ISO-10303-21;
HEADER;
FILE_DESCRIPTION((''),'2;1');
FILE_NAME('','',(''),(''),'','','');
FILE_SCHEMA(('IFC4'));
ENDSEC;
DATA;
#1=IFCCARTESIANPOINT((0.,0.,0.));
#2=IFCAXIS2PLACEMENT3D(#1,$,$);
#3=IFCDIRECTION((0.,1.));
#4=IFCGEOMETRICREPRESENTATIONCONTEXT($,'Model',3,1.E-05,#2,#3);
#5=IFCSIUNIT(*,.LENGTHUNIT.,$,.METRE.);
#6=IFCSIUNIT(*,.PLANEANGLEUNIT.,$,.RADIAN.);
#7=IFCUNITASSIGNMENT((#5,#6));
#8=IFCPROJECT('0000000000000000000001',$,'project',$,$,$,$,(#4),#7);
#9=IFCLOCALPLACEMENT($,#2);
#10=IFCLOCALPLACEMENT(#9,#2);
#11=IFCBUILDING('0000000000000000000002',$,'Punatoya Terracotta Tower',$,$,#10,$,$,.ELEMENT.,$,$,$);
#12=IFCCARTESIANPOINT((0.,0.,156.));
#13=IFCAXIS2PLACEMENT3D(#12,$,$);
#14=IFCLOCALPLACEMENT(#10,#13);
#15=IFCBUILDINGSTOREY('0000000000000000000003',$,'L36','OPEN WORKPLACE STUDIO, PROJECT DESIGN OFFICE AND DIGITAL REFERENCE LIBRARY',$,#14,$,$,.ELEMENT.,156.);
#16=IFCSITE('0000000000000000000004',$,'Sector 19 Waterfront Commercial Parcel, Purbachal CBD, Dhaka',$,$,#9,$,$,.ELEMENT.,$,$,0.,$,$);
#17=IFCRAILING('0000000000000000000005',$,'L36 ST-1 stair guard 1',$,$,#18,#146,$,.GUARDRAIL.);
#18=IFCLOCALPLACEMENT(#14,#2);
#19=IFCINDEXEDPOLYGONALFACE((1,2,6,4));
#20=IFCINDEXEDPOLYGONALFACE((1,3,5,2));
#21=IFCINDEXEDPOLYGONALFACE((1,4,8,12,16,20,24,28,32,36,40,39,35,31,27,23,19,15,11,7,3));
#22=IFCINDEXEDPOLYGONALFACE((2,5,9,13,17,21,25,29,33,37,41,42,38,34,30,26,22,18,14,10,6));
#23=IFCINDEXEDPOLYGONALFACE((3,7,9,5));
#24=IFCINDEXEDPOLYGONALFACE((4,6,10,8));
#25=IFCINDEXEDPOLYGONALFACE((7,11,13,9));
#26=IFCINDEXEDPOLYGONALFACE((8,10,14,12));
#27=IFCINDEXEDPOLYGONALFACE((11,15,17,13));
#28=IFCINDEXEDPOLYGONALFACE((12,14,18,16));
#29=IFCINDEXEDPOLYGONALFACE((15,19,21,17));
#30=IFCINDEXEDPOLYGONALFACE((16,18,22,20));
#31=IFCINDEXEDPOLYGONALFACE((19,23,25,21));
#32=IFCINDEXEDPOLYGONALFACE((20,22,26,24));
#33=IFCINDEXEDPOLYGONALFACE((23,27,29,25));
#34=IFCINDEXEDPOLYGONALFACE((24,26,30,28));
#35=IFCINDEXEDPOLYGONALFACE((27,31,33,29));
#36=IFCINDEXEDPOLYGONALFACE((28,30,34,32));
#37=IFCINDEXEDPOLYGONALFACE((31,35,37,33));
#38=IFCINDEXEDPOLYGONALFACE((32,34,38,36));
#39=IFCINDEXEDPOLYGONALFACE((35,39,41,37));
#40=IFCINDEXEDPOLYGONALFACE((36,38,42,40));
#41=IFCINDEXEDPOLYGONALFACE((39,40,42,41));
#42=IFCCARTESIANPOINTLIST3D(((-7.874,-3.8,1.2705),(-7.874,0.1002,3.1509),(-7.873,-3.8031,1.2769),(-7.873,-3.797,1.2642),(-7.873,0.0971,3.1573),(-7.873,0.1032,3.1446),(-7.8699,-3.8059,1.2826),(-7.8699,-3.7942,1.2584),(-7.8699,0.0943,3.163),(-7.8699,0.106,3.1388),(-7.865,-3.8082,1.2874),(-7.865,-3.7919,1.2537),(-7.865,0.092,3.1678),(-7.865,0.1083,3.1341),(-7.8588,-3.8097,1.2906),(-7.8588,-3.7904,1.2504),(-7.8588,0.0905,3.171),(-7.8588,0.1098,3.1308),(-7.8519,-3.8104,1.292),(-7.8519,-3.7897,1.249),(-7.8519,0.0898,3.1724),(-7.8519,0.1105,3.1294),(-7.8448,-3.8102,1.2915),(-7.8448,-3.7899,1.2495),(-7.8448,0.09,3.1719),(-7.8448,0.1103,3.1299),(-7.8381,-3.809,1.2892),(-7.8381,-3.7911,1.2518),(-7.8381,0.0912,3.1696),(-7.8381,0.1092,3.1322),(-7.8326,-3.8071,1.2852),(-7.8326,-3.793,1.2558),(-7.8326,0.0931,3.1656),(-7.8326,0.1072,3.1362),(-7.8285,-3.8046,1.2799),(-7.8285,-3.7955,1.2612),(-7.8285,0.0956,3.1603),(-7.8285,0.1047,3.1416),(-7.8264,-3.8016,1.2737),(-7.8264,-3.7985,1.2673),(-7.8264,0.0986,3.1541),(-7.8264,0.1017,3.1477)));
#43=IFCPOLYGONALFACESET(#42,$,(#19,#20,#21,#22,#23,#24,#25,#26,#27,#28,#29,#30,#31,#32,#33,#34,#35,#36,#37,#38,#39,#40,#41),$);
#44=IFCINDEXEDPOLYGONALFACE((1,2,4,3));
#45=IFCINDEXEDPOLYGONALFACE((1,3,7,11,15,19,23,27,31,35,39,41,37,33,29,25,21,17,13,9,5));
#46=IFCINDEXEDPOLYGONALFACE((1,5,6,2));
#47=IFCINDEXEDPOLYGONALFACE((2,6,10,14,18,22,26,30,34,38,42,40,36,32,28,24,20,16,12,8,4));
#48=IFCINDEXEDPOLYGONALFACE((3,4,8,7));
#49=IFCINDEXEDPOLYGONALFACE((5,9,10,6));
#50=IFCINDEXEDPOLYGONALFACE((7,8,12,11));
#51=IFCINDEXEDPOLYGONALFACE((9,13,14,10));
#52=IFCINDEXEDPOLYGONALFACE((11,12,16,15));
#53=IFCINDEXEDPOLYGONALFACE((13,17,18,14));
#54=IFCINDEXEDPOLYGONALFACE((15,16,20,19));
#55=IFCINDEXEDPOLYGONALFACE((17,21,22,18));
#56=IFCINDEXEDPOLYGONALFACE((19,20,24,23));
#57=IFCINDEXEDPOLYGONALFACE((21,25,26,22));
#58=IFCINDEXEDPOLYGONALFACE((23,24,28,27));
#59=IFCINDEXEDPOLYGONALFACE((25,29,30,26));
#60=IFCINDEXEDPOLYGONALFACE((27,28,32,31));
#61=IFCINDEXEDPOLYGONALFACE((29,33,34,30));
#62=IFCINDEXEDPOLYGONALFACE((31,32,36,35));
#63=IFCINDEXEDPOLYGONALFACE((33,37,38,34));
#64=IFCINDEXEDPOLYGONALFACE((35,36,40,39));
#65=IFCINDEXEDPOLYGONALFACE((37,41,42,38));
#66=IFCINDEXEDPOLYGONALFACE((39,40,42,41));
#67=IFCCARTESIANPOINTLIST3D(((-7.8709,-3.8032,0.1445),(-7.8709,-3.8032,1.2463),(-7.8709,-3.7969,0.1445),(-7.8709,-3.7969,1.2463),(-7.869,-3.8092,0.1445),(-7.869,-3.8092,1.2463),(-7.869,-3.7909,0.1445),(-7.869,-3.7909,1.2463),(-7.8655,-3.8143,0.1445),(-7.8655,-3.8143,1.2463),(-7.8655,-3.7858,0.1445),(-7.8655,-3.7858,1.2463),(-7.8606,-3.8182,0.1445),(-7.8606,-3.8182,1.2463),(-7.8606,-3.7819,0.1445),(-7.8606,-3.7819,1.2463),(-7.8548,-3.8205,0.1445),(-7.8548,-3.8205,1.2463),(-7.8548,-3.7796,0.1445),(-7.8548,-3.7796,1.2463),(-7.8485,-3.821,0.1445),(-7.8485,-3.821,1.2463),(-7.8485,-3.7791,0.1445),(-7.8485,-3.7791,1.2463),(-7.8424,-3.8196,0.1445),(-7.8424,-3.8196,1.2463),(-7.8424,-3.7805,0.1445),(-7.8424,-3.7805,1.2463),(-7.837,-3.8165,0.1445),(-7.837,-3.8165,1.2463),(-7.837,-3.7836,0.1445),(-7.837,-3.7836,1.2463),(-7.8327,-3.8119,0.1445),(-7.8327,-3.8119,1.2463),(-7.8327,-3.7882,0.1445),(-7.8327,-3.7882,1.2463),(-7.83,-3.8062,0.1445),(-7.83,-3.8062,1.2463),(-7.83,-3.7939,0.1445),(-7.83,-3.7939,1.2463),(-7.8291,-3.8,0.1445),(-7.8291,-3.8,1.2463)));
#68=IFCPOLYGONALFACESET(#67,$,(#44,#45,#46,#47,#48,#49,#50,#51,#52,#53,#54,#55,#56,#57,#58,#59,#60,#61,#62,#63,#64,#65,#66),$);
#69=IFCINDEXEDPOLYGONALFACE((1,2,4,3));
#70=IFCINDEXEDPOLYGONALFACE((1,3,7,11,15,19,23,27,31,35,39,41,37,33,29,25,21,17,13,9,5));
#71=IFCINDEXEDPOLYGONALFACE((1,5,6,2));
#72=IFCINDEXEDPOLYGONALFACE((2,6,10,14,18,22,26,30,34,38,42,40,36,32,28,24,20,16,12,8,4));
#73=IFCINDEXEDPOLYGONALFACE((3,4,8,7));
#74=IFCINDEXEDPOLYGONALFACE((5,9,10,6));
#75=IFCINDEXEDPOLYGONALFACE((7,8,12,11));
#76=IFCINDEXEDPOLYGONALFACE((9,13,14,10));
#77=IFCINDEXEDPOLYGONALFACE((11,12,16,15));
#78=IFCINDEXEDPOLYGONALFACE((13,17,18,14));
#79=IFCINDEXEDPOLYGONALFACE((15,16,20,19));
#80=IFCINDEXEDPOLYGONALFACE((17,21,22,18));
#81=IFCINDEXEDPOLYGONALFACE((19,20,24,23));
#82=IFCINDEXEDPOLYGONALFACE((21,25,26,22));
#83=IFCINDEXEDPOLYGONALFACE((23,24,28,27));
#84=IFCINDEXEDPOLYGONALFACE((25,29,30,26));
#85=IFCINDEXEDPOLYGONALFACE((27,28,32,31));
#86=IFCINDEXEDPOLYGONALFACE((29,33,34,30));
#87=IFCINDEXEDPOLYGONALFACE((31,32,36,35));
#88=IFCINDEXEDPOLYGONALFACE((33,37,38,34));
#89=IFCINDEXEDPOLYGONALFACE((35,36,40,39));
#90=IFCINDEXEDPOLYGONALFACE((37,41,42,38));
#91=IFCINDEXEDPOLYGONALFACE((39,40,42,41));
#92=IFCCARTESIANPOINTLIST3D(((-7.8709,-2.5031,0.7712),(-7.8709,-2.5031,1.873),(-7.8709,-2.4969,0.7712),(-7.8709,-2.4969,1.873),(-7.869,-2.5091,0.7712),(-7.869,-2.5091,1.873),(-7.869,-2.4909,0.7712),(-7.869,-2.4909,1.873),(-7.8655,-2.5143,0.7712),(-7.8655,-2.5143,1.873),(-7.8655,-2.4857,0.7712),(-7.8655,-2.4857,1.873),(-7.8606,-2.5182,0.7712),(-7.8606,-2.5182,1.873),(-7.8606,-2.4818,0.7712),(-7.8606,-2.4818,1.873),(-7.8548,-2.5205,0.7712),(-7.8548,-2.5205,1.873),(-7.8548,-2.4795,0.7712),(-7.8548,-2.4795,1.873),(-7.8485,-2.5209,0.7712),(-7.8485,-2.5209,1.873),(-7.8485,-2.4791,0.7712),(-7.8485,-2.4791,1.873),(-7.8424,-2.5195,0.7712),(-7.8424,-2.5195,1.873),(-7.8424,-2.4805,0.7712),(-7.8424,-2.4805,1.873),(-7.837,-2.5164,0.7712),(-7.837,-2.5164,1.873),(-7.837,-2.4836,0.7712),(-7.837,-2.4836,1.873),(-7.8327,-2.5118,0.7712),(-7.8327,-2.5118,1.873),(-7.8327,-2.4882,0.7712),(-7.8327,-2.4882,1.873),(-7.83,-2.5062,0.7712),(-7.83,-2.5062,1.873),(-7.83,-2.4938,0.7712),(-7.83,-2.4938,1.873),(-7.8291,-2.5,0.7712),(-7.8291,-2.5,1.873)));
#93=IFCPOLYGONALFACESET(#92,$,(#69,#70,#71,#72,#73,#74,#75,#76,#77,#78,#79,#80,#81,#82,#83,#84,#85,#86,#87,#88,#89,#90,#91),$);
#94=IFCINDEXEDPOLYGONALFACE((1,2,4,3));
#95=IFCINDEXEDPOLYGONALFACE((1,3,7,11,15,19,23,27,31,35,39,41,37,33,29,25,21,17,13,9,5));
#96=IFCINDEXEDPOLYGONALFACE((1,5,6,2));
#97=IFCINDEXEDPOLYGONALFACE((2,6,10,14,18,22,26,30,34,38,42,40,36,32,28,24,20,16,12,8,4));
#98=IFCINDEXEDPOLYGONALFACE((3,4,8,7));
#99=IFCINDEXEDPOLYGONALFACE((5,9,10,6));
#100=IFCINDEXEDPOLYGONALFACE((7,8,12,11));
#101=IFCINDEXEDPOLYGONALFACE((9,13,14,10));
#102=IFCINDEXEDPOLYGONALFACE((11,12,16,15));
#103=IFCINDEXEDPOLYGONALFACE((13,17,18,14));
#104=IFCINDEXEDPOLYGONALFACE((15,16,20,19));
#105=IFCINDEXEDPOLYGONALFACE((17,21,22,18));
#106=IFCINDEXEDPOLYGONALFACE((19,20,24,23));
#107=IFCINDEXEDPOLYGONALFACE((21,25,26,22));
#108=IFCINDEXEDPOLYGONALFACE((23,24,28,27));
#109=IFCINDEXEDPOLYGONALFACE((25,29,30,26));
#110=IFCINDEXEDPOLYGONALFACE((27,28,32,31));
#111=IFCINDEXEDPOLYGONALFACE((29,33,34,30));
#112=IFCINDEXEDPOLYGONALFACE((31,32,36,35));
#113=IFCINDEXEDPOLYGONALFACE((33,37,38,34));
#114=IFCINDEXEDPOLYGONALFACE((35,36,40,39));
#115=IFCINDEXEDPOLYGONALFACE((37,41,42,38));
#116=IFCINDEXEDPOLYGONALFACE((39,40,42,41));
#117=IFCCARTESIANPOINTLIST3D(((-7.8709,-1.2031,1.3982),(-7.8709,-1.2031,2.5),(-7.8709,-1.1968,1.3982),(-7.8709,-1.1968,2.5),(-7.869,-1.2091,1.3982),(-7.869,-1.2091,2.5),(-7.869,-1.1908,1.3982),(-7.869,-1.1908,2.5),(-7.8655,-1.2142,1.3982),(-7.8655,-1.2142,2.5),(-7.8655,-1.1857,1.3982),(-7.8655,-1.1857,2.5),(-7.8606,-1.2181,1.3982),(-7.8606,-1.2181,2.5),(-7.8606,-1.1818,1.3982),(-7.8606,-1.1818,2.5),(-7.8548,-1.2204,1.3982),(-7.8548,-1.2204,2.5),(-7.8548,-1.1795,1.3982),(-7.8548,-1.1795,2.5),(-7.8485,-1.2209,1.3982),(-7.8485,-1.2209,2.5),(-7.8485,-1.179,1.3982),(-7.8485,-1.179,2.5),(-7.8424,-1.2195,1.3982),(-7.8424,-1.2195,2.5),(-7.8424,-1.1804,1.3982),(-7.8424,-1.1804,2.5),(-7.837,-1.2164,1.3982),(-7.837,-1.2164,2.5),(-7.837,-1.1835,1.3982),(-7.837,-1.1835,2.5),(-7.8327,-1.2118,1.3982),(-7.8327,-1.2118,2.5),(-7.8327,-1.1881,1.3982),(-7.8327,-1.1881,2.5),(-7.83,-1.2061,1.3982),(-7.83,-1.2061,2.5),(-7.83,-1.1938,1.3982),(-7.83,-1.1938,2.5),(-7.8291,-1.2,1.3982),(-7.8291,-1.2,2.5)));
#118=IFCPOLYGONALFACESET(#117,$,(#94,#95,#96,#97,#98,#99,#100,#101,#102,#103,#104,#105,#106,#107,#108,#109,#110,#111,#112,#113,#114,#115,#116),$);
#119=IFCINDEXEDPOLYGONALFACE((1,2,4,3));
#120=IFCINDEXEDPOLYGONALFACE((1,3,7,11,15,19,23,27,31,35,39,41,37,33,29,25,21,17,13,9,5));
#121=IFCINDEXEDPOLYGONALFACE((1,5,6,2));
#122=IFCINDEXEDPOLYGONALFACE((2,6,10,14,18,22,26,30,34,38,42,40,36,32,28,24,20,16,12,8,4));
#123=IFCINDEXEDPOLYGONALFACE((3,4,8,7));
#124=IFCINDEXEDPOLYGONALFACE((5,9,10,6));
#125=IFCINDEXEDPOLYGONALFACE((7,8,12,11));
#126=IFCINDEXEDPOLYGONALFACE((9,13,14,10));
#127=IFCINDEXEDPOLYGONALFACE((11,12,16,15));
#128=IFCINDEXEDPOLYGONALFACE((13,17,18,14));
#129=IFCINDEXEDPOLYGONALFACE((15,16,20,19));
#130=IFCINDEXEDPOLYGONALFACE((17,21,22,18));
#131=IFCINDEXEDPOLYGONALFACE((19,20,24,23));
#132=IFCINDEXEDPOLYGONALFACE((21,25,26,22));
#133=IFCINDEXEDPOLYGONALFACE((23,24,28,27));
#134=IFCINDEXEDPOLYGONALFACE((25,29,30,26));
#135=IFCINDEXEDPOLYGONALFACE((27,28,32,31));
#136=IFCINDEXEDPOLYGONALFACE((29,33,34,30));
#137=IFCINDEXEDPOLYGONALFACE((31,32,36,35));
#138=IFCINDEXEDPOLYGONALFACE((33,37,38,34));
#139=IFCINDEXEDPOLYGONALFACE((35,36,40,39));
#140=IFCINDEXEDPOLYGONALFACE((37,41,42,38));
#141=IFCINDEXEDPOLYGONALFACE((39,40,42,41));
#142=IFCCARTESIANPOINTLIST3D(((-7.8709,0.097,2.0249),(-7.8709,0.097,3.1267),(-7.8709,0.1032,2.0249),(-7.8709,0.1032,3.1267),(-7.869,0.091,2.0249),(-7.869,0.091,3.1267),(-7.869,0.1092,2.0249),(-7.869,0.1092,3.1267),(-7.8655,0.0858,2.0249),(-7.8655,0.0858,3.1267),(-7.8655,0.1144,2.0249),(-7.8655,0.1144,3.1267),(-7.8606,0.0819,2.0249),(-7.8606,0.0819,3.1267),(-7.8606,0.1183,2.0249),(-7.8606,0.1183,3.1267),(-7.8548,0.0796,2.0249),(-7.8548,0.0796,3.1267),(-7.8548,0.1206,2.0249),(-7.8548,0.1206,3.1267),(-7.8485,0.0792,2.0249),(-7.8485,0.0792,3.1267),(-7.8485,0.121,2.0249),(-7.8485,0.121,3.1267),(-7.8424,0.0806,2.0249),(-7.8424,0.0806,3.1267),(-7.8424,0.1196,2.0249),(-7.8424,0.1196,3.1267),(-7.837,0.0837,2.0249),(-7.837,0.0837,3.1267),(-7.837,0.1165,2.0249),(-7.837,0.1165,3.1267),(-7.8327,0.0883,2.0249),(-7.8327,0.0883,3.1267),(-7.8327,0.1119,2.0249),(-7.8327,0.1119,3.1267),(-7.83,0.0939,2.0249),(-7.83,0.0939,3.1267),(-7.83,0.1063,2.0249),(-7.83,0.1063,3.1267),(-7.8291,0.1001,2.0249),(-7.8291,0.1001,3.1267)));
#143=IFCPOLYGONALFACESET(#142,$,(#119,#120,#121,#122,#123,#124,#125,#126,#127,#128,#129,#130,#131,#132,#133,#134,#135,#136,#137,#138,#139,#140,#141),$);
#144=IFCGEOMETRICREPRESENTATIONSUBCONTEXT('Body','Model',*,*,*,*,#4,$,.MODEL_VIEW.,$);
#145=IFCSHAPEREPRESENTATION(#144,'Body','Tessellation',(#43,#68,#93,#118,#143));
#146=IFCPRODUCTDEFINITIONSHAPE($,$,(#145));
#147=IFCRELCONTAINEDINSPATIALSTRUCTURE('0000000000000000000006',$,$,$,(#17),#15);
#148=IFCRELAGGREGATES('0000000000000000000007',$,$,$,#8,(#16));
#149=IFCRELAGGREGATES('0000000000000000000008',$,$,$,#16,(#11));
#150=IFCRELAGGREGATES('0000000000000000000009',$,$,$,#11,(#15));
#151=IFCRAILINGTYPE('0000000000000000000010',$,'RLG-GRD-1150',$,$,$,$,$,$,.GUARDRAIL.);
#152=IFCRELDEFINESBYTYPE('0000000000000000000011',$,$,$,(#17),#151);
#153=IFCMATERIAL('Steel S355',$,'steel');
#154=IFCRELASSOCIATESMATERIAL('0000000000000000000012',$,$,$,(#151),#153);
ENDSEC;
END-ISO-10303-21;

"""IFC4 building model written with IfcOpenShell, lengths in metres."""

from ifc_helpers import new_model, si_unit, direction, frame, origin, origin_2d, place, context, subcontext, project, spatial, circle, extrude, material, type_object, element, save


model = new_model("IFC4")

# Units and contexts
model_context = context("Model", 3, precision=1e-05, world=origin(), true_north=direction((0.0, 1.0)))
body_context = subcontext(model_context, "Body", "Model", "MODEL_VIEW")
ifc_project = project(units=[si_unit("LENGTHUNIT", "METRE"), si_unit("PLANEANGLEUNIT", "RADIAN")], contexts=[model_context])

# Site, building, storey
site_placement = place(None, origin())
site = spatial("IfcSite", under=ifc_project, at=site_placement, Name="Sector 19 Waterfront Commercial Parcel, Purbachal CBD, Dhaka", CompositionType="ELEMENT", RefElevation=0.0)
building_placement = place(site_placement, origin())
building = spatial("IfcBuilding", under=site, at=building_placement, Name="Punatoya Terracotta Tower", CompositionType="ELEMENT")
storey_placement = place(building_placement, frame((0.0, 0.0, 156.0)))
storey = spatial("IfcBuildingStorey", under=building, at=storey_placement, Name="L36", Description="OPEN WORKPLACE STUDIO, PROJECT DESIGN OFFICE AND DIGITAL REFERENCE LIBRARY", CompositionType="ELEMENT", Elevation=156.0)

# Shared definitions
ifc_material_1 = material(Name="Steel S355", Category="steel")

# Railing
railing_type_1 = type_object("IfcRailingType", Name="RLG-GRD-1150", PredefinedType="GUARDRAIL", material=ifc_material_1)
railing_1_placement = place(storey_placement, frame((-7.8501, -3.8, 0.1445)))
element("IfcRailing", 1, at=railing_1_placement, inside=storey, type_object=railing_type_1, Name="L36 ST-1 stair guard 1", PredefinedType="GUARDRAIL", context=body_context, shape_type="SweptSolid", body=[
    extrude(circle(Radius=0.0239, at=origin_2d()), frame((0.0, 0.0, 1.126), z_axis=(0.0, 0.900774, 0.434289), x_axis=(-1.0, 0.0, 0.0)), (0.0, 0.0, 1.0), 4.3298),
    extrude(circle(Radius=0.021, at=origin_2d()), origin(), (0.0, 0.0, 1.0), 1.1018),
    extrude(circle(Radius=0.021, at=origin_2d()), frame((0.0, 1.3, 0.6267)), (0.0, 0.0, 1.0), 1.1018),
    extrude(circle(Radius=0.021, at=origin_2d()), frame((0.0, 2.6001, 1.2537)), (0.0, 0.0, 1.0), 1.1018),
    extrude(circle(Radius=0.021, at=origin_2d()), frame((0.0, 3.9001, 1.8804)), (0.0, 0.0, 1.0), 1.1018),
])

save(model, "model.ifc")
